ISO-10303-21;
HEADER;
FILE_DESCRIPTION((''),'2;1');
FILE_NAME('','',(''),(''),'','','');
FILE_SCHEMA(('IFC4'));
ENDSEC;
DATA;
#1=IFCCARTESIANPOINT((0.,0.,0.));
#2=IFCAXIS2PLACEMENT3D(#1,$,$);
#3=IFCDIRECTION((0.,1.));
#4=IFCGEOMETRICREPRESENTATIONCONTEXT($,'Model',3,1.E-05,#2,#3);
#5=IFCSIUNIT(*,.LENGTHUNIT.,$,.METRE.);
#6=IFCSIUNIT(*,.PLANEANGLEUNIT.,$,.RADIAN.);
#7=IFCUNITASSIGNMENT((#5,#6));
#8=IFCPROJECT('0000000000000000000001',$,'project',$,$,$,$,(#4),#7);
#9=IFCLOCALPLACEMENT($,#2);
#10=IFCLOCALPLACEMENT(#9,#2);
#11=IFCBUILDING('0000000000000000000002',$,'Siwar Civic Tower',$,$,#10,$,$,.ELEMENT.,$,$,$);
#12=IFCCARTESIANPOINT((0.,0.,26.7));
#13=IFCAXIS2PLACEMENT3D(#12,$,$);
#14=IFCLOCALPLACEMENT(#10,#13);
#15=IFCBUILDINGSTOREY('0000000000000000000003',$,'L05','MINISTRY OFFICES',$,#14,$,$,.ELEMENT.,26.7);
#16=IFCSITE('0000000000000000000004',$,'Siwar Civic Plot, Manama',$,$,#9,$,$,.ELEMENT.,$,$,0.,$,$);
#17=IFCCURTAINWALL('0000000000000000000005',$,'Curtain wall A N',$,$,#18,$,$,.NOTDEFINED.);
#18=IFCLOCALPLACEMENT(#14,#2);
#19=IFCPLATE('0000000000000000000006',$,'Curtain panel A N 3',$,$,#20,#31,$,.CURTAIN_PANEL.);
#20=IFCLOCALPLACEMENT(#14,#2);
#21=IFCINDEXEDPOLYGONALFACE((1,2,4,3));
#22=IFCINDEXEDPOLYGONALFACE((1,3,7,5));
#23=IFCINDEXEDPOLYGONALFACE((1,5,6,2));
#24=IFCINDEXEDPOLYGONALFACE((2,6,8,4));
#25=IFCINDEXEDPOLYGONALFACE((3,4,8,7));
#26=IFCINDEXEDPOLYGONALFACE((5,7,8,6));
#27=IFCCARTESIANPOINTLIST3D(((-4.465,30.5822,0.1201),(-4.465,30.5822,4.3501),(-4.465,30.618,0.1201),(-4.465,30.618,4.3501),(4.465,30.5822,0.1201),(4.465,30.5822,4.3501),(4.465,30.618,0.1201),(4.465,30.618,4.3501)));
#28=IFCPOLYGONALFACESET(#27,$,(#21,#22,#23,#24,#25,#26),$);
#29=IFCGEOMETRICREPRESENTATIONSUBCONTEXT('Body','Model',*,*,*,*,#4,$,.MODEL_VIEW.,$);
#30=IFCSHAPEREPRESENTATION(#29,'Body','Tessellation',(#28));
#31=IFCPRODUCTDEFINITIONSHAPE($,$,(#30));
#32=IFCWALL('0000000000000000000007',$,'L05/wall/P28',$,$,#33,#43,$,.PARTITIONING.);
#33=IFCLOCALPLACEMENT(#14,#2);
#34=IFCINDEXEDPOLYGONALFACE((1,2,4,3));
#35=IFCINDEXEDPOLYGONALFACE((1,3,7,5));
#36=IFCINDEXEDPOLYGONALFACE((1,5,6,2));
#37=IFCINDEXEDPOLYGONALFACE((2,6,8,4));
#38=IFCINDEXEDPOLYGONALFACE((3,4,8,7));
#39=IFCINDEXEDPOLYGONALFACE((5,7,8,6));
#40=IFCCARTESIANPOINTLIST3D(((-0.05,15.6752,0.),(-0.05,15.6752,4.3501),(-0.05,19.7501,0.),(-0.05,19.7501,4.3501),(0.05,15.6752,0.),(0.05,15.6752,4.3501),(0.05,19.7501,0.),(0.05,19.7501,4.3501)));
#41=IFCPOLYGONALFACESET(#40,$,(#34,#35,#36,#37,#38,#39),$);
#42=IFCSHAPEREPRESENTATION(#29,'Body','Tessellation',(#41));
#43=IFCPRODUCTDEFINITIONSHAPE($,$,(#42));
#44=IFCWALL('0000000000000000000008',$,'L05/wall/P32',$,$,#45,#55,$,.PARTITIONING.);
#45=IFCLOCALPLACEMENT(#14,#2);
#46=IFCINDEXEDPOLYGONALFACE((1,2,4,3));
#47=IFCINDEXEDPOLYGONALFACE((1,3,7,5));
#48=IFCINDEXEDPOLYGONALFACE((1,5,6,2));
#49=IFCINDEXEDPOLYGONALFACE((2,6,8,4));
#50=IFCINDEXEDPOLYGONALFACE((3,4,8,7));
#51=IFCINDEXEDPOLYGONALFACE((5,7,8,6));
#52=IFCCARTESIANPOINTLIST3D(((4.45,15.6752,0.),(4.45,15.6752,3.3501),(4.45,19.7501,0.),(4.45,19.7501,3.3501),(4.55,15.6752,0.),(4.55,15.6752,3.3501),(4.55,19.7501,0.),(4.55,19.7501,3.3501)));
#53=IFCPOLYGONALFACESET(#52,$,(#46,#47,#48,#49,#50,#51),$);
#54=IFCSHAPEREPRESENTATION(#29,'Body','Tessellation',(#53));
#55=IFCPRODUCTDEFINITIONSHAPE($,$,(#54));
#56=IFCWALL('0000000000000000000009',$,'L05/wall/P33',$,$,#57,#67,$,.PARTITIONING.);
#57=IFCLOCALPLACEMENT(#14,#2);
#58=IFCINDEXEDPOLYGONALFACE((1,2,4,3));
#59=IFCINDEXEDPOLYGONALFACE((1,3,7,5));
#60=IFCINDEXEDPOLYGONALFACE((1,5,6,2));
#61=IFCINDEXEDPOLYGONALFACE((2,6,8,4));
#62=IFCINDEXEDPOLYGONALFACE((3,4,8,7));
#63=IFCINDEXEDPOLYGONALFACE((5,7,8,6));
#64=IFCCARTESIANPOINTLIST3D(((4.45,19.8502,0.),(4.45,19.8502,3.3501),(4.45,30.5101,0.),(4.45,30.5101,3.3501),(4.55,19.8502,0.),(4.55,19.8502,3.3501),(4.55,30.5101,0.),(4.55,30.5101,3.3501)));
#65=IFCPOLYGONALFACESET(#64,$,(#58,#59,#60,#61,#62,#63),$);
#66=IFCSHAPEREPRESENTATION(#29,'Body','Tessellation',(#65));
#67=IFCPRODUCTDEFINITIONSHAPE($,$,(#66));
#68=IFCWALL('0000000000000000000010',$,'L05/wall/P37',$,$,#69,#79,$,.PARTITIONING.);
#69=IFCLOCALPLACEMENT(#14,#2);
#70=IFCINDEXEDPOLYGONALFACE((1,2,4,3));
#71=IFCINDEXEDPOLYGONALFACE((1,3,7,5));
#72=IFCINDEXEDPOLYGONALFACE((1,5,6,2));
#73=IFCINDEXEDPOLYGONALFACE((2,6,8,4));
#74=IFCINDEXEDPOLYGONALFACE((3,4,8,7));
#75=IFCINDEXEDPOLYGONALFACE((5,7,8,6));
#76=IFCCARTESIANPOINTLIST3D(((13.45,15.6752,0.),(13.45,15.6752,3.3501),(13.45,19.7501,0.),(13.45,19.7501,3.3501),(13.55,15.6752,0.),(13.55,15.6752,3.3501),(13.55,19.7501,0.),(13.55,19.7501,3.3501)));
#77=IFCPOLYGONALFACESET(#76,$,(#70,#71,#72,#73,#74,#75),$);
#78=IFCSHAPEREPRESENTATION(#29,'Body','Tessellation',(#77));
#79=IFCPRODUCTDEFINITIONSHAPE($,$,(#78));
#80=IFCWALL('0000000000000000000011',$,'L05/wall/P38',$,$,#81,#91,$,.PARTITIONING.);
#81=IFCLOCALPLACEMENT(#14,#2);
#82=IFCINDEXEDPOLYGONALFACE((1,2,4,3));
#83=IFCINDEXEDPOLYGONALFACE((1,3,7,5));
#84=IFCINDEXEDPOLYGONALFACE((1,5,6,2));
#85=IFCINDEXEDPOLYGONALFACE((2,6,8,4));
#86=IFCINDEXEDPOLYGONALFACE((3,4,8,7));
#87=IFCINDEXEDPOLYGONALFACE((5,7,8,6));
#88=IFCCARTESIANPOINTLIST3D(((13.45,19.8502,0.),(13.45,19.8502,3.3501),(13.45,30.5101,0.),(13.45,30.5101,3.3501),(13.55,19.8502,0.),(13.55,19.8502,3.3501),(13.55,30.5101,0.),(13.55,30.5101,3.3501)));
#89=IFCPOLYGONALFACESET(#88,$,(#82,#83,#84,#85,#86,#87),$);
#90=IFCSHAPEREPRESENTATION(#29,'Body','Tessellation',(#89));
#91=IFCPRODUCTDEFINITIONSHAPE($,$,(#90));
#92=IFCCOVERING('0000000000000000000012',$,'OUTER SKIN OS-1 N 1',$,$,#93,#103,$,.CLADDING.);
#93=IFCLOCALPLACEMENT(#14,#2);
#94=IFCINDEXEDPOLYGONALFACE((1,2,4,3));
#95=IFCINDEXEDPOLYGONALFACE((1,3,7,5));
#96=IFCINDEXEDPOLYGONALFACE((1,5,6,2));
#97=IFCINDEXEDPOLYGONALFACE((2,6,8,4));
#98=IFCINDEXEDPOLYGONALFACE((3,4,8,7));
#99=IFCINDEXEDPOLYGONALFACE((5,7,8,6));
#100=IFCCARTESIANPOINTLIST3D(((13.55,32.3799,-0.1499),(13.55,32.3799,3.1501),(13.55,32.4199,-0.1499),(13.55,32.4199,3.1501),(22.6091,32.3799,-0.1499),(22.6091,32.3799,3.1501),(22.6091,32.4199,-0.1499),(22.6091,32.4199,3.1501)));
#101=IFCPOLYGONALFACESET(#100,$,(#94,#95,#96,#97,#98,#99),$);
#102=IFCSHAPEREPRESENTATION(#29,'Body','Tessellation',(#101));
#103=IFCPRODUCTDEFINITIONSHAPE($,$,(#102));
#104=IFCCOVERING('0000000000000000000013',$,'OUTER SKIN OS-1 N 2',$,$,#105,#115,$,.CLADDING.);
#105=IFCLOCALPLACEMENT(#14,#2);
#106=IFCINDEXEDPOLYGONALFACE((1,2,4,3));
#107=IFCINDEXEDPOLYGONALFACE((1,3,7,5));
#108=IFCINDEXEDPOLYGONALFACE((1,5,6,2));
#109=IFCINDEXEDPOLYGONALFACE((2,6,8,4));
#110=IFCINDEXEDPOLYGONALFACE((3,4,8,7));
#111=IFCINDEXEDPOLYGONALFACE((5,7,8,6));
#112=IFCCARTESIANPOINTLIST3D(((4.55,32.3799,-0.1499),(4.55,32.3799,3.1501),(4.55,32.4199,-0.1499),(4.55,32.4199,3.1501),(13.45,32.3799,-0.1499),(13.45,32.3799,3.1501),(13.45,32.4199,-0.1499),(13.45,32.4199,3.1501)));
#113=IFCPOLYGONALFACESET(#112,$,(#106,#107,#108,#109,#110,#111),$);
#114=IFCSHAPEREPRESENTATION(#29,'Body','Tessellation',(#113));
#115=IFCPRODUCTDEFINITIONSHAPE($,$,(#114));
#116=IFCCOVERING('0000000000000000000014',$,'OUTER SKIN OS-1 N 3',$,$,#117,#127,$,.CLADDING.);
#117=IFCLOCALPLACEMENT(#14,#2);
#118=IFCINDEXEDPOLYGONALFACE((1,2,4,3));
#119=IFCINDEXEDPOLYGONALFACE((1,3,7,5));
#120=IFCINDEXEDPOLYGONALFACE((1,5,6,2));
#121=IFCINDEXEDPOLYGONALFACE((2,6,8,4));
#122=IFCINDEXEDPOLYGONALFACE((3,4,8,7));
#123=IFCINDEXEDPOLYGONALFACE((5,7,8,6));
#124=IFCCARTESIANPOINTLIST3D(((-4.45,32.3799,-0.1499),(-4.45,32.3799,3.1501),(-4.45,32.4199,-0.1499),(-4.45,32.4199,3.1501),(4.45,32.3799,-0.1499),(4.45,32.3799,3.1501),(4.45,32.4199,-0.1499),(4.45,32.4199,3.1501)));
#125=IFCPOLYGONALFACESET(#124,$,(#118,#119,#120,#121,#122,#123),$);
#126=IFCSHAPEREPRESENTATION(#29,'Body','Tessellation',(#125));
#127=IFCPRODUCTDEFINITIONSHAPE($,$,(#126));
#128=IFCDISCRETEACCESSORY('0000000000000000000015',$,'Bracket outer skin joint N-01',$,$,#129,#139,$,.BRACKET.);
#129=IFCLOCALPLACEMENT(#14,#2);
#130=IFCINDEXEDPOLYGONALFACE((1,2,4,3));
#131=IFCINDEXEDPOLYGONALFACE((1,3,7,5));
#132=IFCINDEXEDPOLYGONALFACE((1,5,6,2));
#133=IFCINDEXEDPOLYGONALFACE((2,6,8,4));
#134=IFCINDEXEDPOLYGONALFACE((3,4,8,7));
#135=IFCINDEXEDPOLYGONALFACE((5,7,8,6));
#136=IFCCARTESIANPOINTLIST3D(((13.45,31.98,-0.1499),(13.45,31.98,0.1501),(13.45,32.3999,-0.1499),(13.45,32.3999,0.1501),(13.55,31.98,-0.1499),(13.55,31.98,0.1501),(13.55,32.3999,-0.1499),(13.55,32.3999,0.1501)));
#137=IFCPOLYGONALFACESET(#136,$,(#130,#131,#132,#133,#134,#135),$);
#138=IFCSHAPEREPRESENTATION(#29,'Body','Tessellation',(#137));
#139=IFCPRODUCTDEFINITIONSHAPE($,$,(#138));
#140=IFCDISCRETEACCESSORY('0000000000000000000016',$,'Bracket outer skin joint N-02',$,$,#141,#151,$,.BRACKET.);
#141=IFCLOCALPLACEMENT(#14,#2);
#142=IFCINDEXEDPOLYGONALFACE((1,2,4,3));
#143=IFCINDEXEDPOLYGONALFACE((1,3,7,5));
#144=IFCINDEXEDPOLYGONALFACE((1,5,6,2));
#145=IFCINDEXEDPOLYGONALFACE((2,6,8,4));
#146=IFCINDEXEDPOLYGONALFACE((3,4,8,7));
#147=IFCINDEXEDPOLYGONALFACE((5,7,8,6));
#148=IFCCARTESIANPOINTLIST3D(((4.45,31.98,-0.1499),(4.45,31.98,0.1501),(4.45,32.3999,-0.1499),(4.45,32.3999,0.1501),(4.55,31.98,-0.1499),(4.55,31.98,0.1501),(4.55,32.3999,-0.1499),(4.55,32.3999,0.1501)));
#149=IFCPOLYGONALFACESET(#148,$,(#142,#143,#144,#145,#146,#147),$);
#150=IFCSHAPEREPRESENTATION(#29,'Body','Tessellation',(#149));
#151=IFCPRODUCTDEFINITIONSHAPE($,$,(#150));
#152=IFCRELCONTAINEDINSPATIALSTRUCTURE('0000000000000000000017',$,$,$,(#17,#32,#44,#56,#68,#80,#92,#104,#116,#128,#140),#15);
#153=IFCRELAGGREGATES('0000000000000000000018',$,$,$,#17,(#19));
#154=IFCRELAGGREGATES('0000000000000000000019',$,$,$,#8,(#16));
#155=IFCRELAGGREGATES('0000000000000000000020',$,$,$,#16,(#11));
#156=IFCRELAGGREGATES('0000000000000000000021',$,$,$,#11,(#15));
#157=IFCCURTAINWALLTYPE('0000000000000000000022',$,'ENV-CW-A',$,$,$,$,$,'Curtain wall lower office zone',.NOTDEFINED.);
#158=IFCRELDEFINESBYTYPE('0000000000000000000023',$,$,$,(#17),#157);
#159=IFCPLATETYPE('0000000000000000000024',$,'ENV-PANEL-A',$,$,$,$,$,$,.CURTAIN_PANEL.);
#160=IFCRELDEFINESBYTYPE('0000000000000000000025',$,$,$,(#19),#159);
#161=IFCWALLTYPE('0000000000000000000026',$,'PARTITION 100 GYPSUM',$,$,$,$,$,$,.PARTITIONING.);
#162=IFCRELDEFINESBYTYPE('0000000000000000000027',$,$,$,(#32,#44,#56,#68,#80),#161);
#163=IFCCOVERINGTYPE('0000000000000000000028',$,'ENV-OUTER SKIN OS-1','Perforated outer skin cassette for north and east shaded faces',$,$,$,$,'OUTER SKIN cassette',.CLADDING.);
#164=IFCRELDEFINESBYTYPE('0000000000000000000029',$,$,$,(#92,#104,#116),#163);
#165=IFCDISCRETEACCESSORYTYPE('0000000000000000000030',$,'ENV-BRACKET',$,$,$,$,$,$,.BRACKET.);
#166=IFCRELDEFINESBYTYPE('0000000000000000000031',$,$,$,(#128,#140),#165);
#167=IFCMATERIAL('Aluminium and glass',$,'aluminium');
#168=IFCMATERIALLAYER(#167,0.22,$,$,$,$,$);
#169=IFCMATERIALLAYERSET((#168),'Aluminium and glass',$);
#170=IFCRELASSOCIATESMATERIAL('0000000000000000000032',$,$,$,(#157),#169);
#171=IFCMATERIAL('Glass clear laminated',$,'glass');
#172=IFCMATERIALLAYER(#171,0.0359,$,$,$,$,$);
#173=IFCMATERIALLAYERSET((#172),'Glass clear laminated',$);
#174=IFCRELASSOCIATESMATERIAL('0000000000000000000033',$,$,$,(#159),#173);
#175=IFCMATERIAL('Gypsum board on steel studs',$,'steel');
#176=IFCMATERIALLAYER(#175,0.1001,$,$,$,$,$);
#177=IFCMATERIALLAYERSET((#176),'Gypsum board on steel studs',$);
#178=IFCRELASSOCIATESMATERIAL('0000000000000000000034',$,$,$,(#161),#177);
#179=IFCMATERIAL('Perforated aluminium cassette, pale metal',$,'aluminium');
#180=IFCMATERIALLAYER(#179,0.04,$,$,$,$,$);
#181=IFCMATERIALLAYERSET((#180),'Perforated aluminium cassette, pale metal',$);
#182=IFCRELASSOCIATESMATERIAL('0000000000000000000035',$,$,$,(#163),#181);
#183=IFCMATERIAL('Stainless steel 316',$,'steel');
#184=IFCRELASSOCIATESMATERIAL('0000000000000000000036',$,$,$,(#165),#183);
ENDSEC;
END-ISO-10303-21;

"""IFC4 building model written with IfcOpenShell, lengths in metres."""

from ifc_helpers import new_model, si_unit, direction, frame, frame_2d, origin, origin_2d, place, context, subcontext, project, spatial, rectangle, extrude, material, layer, layer_set, type_object, element, aggregate, save


model = new_model("IFC4")

# Units and contexts
model_context = context("Model", 3, precision=1e-05, world=origin(), true_north=direction((0.0, 1.0)))
body_context = subcontext(model_context, "Body", "Model", "MODEL_VIEW")
ifc_project = project(units=[si_unit("LENGTHUNIT", "METRE"), si_unit("PLANEANGLEUNIT", "RADIAN")], contexts=[model_context])

# Site, building, storey
site_placement = place(None, origin())
site = spatial("IfcSite", under=ifc_project, at=site_placement, Name="Siwar Civic Plot, Manama", CompositionType="ELEMENT", RefElevation=0.0)
building_placement = place(site_placement, origin())
building = spatial("IfcBuilding", under=site, at=building_placement, Name="Siwar Civic Tower", CompositionType="ELEMENT")
storey_placement = place(building_placement, frame((0.0, 0.0, 26.7)))
storey = spatial("IfcBuildingStorey", under=building, at=storey_placement, Name="L05", Description="MINISTRY OFFICES", CompositionType="ELEMENT", Elevation=26.7)

# Curtain wall
ifc_material_1 = material(Name="Aluminium and glass", Category="aluminium")
ifc_layer_1 = layer(ifc_material_1, 0.22)
ifc_layer_set_1 = layer_set([ifc_layer_1], Name="Aluminium and glass")
curtain_wall_type = type_object("IfcCurtainWallType", Name="ENV-CW-A", ElementType="Curtain wall lower office zone", PredefinedType="NOTDEFINED", material=ifc_layer_set_1)
curtain_wall_placement = place(storey_placement, origin())
curtain_wall = element("IfcCurtainWall", 1, at=curtain_wall_placement, inside=storey, type_object=curtain_wall_type, Name="Curtain wall A N", PredefinedType="NOTDEFINED")

# Plate
ifc_material_2 = material(Name="Glass clear laminated", Category="glass")
ifc_layer_2 = layer(ifc_material_2, 0.0359)
ifc_layer_set_2 = layer_set([ifc_layer_2], Name="Glass clear laminated")
plate_type = type_object("IfcPlateType", Name="ENV-PANEL-A", PredefinedType="CURTAIN_PANEL", material=ifc_layer_set_2)
plate_1_placement = place(storey_placement, frame((0.0, 30.6001, 0.1201), z_axis=(0.0, 0.0, 1.0), x_axis=(-1.0, 0.0, 0.0)))
plate_1 = element("IfcPlate", 2, at=plate_1_placement, type_object=plate_type, Name="Curtain panel A N 3", PredefinedType="CURTAIN_PANEL", context=body_context, shape_type="SweptSolid", body=[
    extrude(rectangle(XDim=8.9299, YDim=0.0359, at=origin_2d()), origin(), (0.0, 0.0, 1.0), 4.23),
])
aggregate(curtain_wall, [plate_1])

# Walls
ifc_material_3 = material(Name="Gypsum board on steel studs", Category="steel")
ifc_layer_3 = layer(ifc_material_3, 0.1001)
ifc_layer_set_3 = layer_set([ifc_layer_3], Name="Gypsum board on steel studs")
wall_type = type_object("IfcWallType", Name="PARTITION 100 GYPSUM", PredefinedType="PARTITIONING", material=ifc_layer_set_3)
wall_1_placement = place(storey_placement, frame((0.0, 15.675, 0.0), z_axis=(0.0, 0.0, 1.0), x_axis=(0.0, 1.0, 0.0)))
element("IfcWall", 3, at=wall_1_placement, inside=storey, type_object=wall_type, Name="L05/wall/P28", PredefinedType="PARTITIONING", context=body_context, shape_type="SweptSolid", body=[
    extrude(rectangle(XDim=4.075, YDim=0.1001, at=frame_2d((2.0376, 0.0))), origin(), (0.0, 0.0, 1.0), 4.3501),
])
wall_2_placement = place(storey_placement, frame((4.5, 15.675, 0.0), z_axis=(0.0, 0.0, 1.0), x_axis=(0.0, 1.0, 0.0)))
element("IfcWall", 4, at=wall_2_placement, inside=storey, type_object=wall_type, Name="L05/wall/P32", PredefinedType="PARTITIONING", context=body_context, shape_type="SweptSolid", body=[
    extrude(rectangle(XDim=4.075, YDim=0.1001, at=frame_2d((2.0376, 0.0))), origin(), (0.0, 0.0, 1.0), 3.3501),
])
wall_3_placement = place(storey_placement, frame((4.5, 19.8501, 0.0), z_axis=(0.0, 0.0, 1.0), x_axis=(0.0, 1.0, 0.0)))
element("IfcWall", 5, at=wall_3_placement, inside=storey, type_object=wall_type, Name="L05/wall/P33", PredefinedType="PARTITIONING", context=body_context, shape_type="SweptSolid", body=[
    extrude(rectangle(XDim=10.6599, YDim=0.1001, at=frame_2d((5.3301, 0.0))), origin(), (0.0, 0.0, 1.0), 3.3501),
])
wall_4_placement = place(storey_placement, frame((13.5, 15.675, 0.0), z_axis=(0.0, 0.0, 1.0), x_axis=(0.0, 1.0, 0.0)))
element("IfcWall", 6, at=wall_4_placement, inside=storey, type_object=wall_type, Name="L05/wall/P37", PredefinedType="PARTITIONING", context=body_context, shape_type="SweptSolid", body=[
    extrude(rectangle(XDim=4.075, YDim=0.1001, at=frame_2d((2.0376, 0.0))), origin(), (0.0, 0.0, 1.0), 3.3501),
])
wall_5_placement = place(storey_placement, frame((13.5, 19.8501, 0.0), z_axis=(0.0, 0.0, 1.0), x_axis=(0.0, 1.0, 0.0)))
element("IfcWall", 7, at=wall_5_placement, inside=storey, type_object=wall_type, Name="L05/wall/P38", PredefinedType="PARTITIONING", context=body_context, shape_type="SweptSolid", body=[
    extrude(rectangle(XDim=10.6599, YDim=0.1001, at=frame_2d((5.3301, 0.0))), origin(), (0.0, 0.0, 1.0), 3.3501),
])

# Coverings
ifc_material_4 = material(Name="Perforated aluminium cassette, pale metal", Category="aluminium")
ifc_layer_4 = layer(ifc_material_4, 0.04)
ifc_layer_set_4 = layer_set([ifc_layer_4], Name="Perforated aluminium cassette, pale metal")
covering_type = type_object("IfcCoveringType", Name="ENV-OUTER SKIN OS-1", Description="Perforated outer skin cassette for north and east shaded faces", ElementType="OUTER SKIN cassette", PredefinedType="CLADDING", material=ifc_layer_set_4)
covering_placement = place(storey_placement, frame((18.0796, 32.3999, -0.1499), z_axis=(0.0, 0.0, 1.0), x_axis=(-1.0, 0.0, 0.0)))
element("IfcCovering", 8, at=covering_placement, inside=storey, type_object=covering_type, Name="OUTER SKIN OS-1 N 1", PredefinedType="CLADDING", context=body_context, shape_type="SweptSolid", body=[
    extrude(rectangle(XDim=9.0591, YDim=0.04, at=origin_2d()), origin(), (0.0, 0.0, 1.0), 3.3),
])
for number, where, z_axis, x_axis, name in (
    (9, (9.0, 32.3999, -0.1499), (0.0, 0.0, 1.0), (-1.0, 0.0, 0.0), "OUTER SKIN OS-1 N 2"),
    (10, (0.0, 32.3999, -0.1499), (0.0, 0.0, 1.0), (-1.0, 0.0, 0.0), "OUTER SKIN OS-1 N 3"),
):
    element("IfcCovering", number, at=place(storey_placement, frame(where, z_axis=z_axis, x_axis=x_axis)), inside=storey, type_object=covering_type, Name=name, PredefinedType="CLADDING", context=body_context, shape_type="SweptSolid", body=[
        extrude(rectangle(XDim=8.8999, YDim=0.04, at=origin_2d()), origin(), (0.0, 0.0, 1.0), 3.3),
    ])

# Discrete accessories
ifc_material_5 = material(Name="Stainless steel 316", Category="steel")
discrete_accessory_type = type_object("IfcDiscreteAccessoryType", Name="ENV-BRACKET", PredefinedType="BRACKET", material=ifc_material_5)
for number, where, z_axis, x_axis, name in (
    (11, (13.5, 32.1899, -0.1499), (0.0, 0.0, 1.0), (0.0, 1.0, 0.0), "Bracket outer skin joint N-01"),
    (12, (4.5, 32.1899, -0.1499), (0.0, 0.0, 1.0), (0.0, 1.0, 0.0), "Bracket outer skin joint N-02"),
):
    element("IfcDiscreteAccessory", number, at=place(storey_placement, frame(where, z_axis=z_axis, x_axis=x_axis)), inside=storey, type_object=discrete_accessory_type, Name=name, PredefinedType="BRACKET", context=body_context, shape_type="SweptSolid", body=[
        extrude(rectangle(XDim=0.4199, YDim=0.1001, at=origin_2d()), origin(), (0.0, 0.0, 1.0), 0.3),
    ])

save(model, "model.ifc")
